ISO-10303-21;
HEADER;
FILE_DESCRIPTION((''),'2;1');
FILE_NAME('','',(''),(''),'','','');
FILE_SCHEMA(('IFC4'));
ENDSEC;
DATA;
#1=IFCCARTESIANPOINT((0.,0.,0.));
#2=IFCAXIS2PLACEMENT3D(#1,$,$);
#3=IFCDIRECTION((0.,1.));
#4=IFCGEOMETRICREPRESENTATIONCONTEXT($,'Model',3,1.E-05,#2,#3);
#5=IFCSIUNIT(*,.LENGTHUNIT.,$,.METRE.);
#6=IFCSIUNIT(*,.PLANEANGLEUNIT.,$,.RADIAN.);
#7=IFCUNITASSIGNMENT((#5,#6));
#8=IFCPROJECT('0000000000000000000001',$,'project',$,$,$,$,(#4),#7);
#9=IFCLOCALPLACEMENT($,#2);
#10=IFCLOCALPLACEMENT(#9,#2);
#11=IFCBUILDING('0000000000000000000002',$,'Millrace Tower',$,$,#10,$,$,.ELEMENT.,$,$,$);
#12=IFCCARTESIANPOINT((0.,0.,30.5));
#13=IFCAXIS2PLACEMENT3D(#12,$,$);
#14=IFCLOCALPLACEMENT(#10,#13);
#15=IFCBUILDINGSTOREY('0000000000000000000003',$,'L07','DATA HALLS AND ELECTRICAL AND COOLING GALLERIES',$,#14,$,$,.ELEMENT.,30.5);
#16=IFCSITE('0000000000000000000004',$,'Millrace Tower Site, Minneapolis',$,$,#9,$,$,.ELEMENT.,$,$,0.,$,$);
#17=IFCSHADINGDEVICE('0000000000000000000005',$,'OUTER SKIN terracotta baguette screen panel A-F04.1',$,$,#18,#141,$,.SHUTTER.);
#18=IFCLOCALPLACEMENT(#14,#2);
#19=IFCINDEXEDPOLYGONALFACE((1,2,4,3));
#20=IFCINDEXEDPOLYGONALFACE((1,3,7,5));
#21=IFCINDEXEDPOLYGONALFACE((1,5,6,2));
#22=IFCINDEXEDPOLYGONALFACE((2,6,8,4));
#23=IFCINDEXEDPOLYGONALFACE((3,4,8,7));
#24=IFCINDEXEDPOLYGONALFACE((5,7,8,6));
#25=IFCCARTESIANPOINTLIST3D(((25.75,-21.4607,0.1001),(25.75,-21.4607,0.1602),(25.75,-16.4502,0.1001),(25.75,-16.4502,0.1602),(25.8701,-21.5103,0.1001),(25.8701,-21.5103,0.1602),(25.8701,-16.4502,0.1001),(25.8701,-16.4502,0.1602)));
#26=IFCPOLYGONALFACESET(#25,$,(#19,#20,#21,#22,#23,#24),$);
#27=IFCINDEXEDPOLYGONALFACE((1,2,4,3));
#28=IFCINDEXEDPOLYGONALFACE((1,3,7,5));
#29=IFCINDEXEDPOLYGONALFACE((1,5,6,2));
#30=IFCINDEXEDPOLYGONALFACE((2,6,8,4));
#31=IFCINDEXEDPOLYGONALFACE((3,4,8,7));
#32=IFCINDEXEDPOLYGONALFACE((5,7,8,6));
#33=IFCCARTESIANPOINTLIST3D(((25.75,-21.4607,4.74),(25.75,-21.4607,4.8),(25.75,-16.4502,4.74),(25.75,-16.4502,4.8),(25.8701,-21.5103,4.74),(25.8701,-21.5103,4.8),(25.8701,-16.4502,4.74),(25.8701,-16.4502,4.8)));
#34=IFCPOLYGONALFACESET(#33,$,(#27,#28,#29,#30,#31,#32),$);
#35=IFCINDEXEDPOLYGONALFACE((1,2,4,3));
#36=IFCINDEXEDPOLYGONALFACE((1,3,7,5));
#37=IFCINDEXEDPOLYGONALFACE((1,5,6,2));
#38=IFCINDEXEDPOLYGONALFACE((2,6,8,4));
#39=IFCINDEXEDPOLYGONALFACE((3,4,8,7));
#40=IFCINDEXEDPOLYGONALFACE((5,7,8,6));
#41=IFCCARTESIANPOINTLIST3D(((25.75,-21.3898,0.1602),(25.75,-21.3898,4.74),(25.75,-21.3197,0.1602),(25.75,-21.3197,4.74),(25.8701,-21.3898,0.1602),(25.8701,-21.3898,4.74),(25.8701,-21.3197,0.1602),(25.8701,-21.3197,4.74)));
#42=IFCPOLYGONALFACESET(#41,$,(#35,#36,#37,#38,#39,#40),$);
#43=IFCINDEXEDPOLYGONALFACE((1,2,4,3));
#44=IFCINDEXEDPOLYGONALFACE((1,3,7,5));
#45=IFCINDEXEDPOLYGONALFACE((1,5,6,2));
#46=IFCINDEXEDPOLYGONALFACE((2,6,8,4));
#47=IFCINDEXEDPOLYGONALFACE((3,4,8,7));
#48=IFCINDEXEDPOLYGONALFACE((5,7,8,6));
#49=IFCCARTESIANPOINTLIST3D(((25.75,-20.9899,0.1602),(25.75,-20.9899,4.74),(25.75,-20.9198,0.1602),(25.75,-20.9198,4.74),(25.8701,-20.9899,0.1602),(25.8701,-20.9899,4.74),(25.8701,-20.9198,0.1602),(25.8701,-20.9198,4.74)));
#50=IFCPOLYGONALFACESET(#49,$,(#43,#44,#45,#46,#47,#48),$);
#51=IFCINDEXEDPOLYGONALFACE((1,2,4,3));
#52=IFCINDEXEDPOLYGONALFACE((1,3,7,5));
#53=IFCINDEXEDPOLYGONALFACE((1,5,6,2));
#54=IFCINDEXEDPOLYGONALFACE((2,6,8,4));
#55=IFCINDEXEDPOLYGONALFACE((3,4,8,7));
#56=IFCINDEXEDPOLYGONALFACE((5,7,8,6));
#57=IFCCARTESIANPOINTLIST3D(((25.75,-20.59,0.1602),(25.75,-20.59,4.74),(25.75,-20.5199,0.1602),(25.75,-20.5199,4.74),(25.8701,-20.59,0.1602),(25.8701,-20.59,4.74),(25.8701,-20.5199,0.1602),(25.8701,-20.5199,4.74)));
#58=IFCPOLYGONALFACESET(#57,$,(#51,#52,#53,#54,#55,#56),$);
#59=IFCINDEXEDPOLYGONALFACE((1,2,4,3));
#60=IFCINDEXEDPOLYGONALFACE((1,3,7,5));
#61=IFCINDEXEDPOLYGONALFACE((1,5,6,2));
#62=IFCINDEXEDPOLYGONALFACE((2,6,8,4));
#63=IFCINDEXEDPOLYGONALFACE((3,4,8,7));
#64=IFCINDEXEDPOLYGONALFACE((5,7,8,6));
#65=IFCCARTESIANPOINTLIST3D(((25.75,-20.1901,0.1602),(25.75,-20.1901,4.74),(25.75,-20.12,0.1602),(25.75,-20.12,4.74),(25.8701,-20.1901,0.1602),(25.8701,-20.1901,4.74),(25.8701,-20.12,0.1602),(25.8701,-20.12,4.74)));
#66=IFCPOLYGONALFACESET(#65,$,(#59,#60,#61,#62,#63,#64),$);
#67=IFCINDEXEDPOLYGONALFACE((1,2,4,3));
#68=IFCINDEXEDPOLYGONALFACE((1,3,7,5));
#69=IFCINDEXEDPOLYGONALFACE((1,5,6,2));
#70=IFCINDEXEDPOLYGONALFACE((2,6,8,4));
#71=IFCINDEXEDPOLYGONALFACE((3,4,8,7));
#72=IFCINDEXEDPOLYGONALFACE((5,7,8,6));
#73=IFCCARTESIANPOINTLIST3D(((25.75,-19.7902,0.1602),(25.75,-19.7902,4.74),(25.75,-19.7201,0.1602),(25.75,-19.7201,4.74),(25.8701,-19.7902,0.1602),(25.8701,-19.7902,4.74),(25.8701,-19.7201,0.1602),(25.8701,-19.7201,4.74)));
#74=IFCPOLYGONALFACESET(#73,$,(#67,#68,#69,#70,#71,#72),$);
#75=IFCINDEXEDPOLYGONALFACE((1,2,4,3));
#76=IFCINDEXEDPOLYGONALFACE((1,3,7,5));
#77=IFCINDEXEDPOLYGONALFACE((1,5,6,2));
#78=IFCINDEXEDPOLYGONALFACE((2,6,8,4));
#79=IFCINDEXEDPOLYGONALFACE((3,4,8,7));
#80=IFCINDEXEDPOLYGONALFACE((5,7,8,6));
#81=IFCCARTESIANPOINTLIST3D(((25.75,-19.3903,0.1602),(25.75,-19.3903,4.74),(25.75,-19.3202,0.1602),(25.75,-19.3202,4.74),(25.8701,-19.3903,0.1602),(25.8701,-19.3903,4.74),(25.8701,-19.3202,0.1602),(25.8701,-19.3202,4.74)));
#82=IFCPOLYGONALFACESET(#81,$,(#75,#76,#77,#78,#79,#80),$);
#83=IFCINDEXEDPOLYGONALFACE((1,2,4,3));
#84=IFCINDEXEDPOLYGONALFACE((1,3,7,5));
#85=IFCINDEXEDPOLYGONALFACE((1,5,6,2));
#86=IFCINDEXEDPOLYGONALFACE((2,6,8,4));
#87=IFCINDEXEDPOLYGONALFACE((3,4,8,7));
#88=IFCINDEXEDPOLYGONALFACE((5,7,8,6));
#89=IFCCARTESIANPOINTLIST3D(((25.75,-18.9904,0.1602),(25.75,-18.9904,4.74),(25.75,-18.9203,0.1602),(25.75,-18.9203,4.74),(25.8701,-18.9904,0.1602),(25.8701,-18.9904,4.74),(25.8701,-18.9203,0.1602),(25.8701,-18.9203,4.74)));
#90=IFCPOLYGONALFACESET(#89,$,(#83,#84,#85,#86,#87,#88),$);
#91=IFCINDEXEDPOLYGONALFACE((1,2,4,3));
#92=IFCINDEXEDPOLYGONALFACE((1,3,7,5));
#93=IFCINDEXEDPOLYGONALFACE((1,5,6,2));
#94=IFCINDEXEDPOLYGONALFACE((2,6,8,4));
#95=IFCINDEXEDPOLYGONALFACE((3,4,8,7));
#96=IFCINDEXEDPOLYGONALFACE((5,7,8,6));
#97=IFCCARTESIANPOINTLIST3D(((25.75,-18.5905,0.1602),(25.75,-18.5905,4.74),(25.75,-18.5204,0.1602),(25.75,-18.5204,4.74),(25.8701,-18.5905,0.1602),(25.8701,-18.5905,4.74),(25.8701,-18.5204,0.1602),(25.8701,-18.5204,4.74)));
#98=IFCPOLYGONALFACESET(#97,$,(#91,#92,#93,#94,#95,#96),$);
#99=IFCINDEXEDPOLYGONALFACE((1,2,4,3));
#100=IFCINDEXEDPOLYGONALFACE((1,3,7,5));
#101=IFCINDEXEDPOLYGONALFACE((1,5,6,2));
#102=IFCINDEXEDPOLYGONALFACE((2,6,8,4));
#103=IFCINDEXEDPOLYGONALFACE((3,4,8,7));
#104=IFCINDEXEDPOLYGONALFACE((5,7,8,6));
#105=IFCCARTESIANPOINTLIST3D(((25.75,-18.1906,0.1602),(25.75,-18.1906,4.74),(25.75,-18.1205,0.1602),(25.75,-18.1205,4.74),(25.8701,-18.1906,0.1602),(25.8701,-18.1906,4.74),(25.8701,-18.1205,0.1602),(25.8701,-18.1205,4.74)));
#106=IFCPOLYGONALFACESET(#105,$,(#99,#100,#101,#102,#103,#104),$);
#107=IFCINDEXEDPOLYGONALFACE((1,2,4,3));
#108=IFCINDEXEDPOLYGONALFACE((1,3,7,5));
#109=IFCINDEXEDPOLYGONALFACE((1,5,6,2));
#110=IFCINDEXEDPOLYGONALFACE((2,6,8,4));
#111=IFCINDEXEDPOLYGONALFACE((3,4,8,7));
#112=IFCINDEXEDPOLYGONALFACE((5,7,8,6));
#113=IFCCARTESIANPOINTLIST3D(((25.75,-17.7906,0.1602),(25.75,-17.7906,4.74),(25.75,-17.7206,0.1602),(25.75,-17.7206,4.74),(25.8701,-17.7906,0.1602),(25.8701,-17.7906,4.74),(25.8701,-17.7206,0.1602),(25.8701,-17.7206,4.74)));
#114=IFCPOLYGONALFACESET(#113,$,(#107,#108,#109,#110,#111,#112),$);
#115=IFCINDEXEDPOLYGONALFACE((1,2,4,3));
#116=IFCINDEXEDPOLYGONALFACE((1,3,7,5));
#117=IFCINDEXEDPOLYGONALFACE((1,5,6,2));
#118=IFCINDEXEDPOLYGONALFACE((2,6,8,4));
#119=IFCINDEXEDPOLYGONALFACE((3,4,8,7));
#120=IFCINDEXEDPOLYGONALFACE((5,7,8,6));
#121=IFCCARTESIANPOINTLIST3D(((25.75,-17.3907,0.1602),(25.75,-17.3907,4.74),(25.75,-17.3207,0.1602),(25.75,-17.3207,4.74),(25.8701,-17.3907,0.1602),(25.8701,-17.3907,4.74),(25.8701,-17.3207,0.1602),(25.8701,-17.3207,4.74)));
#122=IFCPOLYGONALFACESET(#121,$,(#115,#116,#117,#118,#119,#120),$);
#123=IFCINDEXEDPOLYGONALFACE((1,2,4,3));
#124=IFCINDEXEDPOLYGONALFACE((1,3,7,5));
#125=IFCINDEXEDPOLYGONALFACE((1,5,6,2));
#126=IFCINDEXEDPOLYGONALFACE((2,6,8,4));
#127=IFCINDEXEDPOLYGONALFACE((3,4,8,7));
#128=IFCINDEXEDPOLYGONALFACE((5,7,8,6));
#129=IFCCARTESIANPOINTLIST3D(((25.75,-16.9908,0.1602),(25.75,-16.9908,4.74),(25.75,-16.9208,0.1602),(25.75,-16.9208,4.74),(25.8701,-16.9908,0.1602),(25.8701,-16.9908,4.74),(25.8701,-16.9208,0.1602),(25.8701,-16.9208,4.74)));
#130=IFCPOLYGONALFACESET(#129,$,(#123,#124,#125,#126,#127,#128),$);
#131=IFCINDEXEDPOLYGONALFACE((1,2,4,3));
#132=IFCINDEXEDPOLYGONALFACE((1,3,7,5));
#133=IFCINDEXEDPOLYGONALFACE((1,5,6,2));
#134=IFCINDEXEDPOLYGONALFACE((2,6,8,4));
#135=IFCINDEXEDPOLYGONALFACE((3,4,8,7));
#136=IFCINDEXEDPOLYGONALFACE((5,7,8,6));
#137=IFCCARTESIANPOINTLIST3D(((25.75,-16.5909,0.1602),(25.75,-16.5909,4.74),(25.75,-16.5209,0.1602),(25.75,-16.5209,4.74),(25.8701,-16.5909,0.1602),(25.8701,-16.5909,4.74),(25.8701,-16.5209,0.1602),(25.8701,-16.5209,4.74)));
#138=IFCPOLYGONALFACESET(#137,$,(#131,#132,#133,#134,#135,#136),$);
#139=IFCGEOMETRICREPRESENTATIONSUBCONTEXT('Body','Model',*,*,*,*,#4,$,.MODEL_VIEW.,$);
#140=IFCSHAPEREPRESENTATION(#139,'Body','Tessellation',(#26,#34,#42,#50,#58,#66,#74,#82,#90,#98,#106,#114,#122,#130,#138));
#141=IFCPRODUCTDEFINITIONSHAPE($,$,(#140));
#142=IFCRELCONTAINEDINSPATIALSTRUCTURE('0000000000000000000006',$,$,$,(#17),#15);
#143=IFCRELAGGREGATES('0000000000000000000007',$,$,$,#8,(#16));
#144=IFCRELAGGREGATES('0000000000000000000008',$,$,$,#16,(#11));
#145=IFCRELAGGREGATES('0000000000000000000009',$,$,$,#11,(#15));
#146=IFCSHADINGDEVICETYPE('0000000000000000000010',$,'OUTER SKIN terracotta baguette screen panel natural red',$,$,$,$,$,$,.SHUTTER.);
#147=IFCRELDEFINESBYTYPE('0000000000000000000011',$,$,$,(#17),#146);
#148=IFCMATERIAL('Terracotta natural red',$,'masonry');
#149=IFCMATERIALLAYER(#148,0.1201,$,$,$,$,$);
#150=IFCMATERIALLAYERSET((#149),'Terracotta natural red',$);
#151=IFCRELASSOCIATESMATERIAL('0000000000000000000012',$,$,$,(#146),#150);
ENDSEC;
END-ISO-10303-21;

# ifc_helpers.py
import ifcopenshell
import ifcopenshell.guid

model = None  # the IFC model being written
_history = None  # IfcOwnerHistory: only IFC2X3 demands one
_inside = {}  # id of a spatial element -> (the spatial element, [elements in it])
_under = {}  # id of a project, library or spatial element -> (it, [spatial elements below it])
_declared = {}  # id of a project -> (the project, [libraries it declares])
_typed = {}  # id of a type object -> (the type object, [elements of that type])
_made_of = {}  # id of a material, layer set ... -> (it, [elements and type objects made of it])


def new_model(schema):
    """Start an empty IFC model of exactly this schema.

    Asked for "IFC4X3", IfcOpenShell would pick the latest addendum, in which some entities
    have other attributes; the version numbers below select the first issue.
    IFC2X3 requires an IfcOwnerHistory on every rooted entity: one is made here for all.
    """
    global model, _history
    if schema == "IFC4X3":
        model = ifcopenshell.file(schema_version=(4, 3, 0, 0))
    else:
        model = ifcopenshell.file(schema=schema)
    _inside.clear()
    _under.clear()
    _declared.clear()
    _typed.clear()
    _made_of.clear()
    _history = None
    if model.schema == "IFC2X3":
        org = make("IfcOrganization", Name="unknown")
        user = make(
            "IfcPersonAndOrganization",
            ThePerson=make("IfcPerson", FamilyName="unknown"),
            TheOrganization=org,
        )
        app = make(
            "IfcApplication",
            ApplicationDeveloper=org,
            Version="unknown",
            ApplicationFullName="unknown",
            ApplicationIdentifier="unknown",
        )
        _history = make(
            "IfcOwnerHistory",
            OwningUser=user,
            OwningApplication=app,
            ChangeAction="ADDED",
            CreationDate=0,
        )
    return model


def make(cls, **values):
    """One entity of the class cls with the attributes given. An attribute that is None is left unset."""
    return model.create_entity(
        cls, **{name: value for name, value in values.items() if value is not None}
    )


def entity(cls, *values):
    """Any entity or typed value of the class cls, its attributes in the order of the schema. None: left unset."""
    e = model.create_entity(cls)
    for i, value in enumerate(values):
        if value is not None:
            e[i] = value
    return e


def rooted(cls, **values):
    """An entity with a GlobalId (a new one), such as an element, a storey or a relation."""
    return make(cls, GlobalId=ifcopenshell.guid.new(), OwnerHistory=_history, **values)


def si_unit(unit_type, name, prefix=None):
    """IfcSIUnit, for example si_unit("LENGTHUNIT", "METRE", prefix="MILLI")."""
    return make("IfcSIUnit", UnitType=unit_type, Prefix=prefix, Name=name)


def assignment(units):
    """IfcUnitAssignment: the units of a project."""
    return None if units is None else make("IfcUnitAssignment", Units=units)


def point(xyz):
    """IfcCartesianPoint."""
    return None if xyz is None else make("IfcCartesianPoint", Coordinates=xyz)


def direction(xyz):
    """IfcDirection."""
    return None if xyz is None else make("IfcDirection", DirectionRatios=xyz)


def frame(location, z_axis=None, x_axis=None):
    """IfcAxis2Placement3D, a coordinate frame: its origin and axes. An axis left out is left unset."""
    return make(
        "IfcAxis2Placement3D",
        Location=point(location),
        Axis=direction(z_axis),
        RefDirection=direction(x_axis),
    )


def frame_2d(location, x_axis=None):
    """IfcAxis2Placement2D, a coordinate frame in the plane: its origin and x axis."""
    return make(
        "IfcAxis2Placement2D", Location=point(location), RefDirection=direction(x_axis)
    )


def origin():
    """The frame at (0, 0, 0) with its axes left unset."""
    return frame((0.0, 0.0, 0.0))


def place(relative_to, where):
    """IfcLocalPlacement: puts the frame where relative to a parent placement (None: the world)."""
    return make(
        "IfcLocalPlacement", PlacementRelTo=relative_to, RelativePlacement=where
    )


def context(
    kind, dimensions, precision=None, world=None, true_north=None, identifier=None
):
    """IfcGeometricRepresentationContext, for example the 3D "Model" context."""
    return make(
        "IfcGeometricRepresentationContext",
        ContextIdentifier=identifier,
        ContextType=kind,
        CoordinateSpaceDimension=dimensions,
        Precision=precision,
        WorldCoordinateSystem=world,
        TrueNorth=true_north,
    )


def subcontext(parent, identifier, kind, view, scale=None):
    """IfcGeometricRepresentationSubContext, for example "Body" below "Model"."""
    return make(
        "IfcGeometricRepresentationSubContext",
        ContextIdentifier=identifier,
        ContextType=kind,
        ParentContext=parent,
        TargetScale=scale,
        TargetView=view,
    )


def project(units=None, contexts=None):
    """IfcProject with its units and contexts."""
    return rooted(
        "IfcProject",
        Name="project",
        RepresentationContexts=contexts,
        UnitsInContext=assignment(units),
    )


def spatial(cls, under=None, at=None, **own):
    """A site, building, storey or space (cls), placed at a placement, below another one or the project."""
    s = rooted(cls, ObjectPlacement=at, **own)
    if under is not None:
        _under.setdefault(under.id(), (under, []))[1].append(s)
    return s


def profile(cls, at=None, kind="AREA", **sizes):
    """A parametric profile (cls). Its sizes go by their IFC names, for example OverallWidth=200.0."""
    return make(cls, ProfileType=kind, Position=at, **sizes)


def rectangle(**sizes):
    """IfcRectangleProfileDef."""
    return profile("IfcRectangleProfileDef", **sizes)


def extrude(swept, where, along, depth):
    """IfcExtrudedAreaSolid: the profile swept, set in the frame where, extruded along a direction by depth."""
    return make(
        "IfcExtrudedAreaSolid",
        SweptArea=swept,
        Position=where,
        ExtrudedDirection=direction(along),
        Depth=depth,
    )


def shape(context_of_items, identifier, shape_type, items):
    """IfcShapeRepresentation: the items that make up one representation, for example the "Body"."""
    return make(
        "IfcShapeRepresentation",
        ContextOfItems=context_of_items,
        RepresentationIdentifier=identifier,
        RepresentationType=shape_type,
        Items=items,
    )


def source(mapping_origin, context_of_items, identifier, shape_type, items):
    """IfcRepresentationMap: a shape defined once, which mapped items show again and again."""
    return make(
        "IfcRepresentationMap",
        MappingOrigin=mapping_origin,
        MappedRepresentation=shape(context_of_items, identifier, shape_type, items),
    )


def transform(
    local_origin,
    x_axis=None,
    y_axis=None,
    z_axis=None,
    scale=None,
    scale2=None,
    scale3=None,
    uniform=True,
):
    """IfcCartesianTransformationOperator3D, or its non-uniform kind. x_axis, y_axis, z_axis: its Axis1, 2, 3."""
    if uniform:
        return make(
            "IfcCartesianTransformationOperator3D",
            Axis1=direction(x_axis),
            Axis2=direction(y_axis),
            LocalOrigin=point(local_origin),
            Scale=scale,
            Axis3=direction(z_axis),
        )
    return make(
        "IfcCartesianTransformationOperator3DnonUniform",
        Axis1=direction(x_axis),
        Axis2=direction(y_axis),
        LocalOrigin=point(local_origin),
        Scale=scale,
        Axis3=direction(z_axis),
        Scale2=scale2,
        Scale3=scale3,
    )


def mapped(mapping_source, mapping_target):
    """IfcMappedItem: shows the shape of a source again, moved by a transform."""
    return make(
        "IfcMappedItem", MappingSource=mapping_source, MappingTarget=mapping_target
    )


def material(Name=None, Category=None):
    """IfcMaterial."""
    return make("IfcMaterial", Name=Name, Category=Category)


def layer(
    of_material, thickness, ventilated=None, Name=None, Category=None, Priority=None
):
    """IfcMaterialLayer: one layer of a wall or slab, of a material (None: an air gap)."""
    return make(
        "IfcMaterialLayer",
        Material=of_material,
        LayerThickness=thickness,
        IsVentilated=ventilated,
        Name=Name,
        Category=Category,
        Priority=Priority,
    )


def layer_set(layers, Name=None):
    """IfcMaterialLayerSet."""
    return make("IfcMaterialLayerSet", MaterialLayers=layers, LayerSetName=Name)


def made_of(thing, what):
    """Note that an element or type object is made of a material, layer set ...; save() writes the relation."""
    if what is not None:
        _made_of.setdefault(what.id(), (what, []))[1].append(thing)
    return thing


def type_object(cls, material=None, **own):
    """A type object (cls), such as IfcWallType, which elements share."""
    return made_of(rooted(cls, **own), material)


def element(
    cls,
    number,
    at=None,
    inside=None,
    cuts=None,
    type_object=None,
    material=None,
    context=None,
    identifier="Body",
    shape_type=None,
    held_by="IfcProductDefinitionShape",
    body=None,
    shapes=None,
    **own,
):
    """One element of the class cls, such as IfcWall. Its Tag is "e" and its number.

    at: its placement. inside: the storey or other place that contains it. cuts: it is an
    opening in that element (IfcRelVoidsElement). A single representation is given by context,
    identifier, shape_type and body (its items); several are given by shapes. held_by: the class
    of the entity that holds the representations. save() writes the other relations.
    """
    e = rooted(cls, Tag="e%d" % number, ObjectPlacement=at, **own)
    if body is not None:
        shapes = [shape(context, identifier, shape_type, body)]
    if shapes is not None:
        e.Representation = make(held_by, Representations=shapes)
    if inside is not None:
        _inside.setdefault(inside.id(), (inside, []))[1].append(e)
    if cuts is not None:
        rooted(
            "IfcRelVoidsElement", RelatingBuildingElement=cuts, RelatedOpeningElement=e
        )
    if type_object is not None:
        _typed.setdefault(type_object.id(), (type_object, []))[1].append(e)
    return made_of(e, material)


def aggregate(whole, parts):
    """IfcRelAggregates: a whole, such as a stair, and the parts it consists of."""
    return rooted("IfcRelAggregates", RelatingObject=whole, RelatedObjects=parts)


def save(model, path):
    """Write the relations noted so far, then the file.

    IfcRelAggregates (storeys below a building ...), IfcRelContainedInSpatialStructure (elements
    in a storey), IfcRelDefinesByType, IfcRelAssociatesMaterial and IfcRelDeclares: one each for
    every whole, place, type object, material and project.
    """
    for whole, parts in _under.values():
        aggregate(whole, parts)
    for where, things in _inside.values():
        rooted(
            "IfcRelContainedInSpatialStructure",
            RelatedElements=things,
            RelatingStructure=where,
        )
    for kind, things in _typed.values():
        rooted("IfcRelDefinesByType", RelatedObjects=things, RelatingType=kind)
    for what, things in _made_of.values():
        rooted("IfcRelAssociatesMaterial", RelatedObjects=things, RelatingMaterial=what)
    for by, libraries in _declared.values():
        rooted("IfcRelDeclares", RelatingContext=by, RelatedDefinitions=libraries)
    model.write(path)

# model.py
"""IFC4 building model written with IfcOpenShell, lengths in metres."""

from ifc_helpers import new_model, entity, si_unit, direction, frame, frame_2d, origin, place, context, subcontext, project, spatial, rectangle, extrude, source, transform, mapped, material, layer, layer_set, type_object, element, save


model = new_model("IFC4")

# Units and contexts
model_context = context("Model", 3, precision=1e-05, world=origin(), true_north=direction((0.0, 1.0)))
body_context = subcontext(model_context, "Body", "Model", "MODEL_VIEW")
ifc_project = project(units=[si_unit("LENGTHUNIT", "METRE"), si_unit("PLANEANGLEUNIT", "RADIAN")], contexts=[model_context])

# Site, building, storey
site_placement = place(None, origin())
site = spatial("IfcSite", under=ifc_project, at=site_placement, Name="Millrace Tower Site, Minneapolis", CompositionType="ELEMENT", RefElevation=0.0)
building_placement = place(site_placement, origin())
building = spatial("IfcBuilding", under=site, at=building_placement, Name="Millrace Tower", CompositionType="ELEMENT")
storey_placement = place(building_placement, frame((0.0, 0.0, 30.5)))
storey = spatial("IfcBuildingStorey", under=building, at=storey_placement, Name="L07", Description="DATA HALLS AND ELECTRICAL AND COOLING GALLERIES", CompositionType="ELEMENT", Elevation=30.5)

# Shading device
ifc_material_1 = material(Name="Terracotta natural red", Category="masonry")
ifc_layer_1 = layer(ifc_material_1, 0.1201)
ifc_layer_set_1 = layer_set([ifc_layer_1], Name="Terracotta natural red")
shading_device_type_1 = type_object("IfcShadingDeviceType", Name="OUTER SKIN terracotta baguette screen panel natural red", PredefinedType="SHUTTER", material=ifc_layer_set_1)
cartesian_point_1 = entity("IfcCartesianPoint", [-2.4929, 0.0601])
shared_polyline_1 = entity("IfcPolyline", [cartesian_point_1, entity("IfcCartesianPoint", [2.5176, 0.0601]), entity("IfcCartesianPoint", [2.5176, -0.0601]), entity("IfcCartesianPoint", [-2.5425, -0.0601]), cartesian_point_1])
shared_shape_1 = source(origin(), body_context, "Body", "SweptSolid", [
    entity("IfcExtrudedAreaSolid", entity("IfcArbitraryClosedProfileDef", "AREA", None, shared_polyline_1), entity("IfcAxis2Placement3D", entity("IfcCartesianPoint", [0.0, 0.0, 0.0])), entity("IfcDirection", [0.0, 0.0, 1.0]), 0.0601),
    entity("IfcExtrudedAreaSolid", entity("IfcArbitraryClosedProfileDef", "AREA", None, shared_polyline_1), entity("IfcAxis2Placement3D", entity("IfcCartesianPoint", [0.0, 0.0, 4.6399])), entity("IfcDirection", [0.0, 0.0, 1.0]), 0.0601),
    extrude(rectangle(XDim=0.0701, YDim=0.1201, at=frame_2d((-2.387, 0.0))), frame((0.0, 0.0, 0.0601)), (0.0, 0.0, 1.0), 4.5798),
    extrude(rectangle(XDim=0.0701, YDim=0.1201, at=frame_2d((-1.9871, 0.0))), frame((0.0, 0.0, 0.0601)), (0.0, 0.0, 1.0), 4.5798),
    extrude(rectangle(XDim=0.0701, YDim=0.1201, at=frame_2d((-1.5872, 0.0))), frame((0.0, 0.0, 0.0601)), (0.0, 0.0, 1.0), 4.5798),
    extrude(rectangle(XDim=0.0701, YDim=0.1201, at=frame_2d((-1.1873, 0.0))), frame((0.0, 0.0, 0.0601)), (0.0, 0.0, 1.0), 4.5798),
    extrude(rectangle(XDim=0.0701, YDim=0.1201, at=frame_2d((-0.7874, 0.0))), frame((0.0, 0.0, 0.0601)), (0.0, 0.0, 1.0), 4.5798),
    extrude(rectangle(XDim=0.0701, YDim=0.1201, at=frame_2d((-0.3875, 0.0))), frame((0.0, 0.0, 0.0601)), (0.0, 0.0, 1.0), 4.5798),
    extrude(rectangle(XDim=0.0701, YDim=0.1201, at=frame_2d((0.0125, 0.0))), frame((0.0, 0.0, 0.0601)), (0.0, 0.0, 1.0), 4.5798),
    extrude(rectangle(XDim=0.0701, YDim=0.1201, at=frame_2d((0.4124, 0.0))), frame((0.0, 0.0, 0.0601)), (0.0, 0.0, 1.0), 4.5798),
    extrude(rectangle(XDim=0.0701, YDim=0.1201, at=frame_2d((0.8123, 0.0))), frame((0.0, 0.0, 0.0601)), (0.0, 0.0, 1.0), 4.5798),
    extrude(rectangle(XDim=0.0701, YDim=0.1201, at=frame_2d((1.2122, 0.0))), frame((0.0, 0.0, 0.0601)), (0.0, 0.0, 1.0), 4.5798),
    extrude(rectangle(XDim=0.0701, YDim=0.1201, at=frame_2d((1.6121, 0.0))), frame((0.0, 0.0, 0.0601)), (0.0, 0.0, 1.0), 4.5798),
    extrude(rectangle(XDim=0.0701, YDim=0.1201, at=frame_2d((2.012, 0.0))), frame((0.0, 0.0, 0.0601)), (0.0, 0.0, 1.0), 4.5798),
    extrude(rectangle(XDim=0.0701, YDim=0.1201, at=frame_2d((2.4119, 0.0))), frame((0.0, 0.0, 0.0601)), (0.0, 0.0, 1.0), 4.5798),
])
shading_device_1_placement = place(storey_placement, frame((25.8101, -18.9678, 0.1001), z_axis=(0.0, 0.0, 1.0), x_axis=(0.0, 1.0, 0.0)))
element("IfcShadingDevice", 1, at=shading_device_1_placement, inside=storey, type_object=shading_device_type_1, Name="OUTER SKIN terracotta baguette screen panel A-F04.1", PredefinedType="SHUTTER", context=body_context, shape_type="MappedRepresentation", body=[
    mapped(shared_shape_1, transform((0.0, 0.0, 0.0), scale=1.0)),
])

save(model, "model.ifc")
